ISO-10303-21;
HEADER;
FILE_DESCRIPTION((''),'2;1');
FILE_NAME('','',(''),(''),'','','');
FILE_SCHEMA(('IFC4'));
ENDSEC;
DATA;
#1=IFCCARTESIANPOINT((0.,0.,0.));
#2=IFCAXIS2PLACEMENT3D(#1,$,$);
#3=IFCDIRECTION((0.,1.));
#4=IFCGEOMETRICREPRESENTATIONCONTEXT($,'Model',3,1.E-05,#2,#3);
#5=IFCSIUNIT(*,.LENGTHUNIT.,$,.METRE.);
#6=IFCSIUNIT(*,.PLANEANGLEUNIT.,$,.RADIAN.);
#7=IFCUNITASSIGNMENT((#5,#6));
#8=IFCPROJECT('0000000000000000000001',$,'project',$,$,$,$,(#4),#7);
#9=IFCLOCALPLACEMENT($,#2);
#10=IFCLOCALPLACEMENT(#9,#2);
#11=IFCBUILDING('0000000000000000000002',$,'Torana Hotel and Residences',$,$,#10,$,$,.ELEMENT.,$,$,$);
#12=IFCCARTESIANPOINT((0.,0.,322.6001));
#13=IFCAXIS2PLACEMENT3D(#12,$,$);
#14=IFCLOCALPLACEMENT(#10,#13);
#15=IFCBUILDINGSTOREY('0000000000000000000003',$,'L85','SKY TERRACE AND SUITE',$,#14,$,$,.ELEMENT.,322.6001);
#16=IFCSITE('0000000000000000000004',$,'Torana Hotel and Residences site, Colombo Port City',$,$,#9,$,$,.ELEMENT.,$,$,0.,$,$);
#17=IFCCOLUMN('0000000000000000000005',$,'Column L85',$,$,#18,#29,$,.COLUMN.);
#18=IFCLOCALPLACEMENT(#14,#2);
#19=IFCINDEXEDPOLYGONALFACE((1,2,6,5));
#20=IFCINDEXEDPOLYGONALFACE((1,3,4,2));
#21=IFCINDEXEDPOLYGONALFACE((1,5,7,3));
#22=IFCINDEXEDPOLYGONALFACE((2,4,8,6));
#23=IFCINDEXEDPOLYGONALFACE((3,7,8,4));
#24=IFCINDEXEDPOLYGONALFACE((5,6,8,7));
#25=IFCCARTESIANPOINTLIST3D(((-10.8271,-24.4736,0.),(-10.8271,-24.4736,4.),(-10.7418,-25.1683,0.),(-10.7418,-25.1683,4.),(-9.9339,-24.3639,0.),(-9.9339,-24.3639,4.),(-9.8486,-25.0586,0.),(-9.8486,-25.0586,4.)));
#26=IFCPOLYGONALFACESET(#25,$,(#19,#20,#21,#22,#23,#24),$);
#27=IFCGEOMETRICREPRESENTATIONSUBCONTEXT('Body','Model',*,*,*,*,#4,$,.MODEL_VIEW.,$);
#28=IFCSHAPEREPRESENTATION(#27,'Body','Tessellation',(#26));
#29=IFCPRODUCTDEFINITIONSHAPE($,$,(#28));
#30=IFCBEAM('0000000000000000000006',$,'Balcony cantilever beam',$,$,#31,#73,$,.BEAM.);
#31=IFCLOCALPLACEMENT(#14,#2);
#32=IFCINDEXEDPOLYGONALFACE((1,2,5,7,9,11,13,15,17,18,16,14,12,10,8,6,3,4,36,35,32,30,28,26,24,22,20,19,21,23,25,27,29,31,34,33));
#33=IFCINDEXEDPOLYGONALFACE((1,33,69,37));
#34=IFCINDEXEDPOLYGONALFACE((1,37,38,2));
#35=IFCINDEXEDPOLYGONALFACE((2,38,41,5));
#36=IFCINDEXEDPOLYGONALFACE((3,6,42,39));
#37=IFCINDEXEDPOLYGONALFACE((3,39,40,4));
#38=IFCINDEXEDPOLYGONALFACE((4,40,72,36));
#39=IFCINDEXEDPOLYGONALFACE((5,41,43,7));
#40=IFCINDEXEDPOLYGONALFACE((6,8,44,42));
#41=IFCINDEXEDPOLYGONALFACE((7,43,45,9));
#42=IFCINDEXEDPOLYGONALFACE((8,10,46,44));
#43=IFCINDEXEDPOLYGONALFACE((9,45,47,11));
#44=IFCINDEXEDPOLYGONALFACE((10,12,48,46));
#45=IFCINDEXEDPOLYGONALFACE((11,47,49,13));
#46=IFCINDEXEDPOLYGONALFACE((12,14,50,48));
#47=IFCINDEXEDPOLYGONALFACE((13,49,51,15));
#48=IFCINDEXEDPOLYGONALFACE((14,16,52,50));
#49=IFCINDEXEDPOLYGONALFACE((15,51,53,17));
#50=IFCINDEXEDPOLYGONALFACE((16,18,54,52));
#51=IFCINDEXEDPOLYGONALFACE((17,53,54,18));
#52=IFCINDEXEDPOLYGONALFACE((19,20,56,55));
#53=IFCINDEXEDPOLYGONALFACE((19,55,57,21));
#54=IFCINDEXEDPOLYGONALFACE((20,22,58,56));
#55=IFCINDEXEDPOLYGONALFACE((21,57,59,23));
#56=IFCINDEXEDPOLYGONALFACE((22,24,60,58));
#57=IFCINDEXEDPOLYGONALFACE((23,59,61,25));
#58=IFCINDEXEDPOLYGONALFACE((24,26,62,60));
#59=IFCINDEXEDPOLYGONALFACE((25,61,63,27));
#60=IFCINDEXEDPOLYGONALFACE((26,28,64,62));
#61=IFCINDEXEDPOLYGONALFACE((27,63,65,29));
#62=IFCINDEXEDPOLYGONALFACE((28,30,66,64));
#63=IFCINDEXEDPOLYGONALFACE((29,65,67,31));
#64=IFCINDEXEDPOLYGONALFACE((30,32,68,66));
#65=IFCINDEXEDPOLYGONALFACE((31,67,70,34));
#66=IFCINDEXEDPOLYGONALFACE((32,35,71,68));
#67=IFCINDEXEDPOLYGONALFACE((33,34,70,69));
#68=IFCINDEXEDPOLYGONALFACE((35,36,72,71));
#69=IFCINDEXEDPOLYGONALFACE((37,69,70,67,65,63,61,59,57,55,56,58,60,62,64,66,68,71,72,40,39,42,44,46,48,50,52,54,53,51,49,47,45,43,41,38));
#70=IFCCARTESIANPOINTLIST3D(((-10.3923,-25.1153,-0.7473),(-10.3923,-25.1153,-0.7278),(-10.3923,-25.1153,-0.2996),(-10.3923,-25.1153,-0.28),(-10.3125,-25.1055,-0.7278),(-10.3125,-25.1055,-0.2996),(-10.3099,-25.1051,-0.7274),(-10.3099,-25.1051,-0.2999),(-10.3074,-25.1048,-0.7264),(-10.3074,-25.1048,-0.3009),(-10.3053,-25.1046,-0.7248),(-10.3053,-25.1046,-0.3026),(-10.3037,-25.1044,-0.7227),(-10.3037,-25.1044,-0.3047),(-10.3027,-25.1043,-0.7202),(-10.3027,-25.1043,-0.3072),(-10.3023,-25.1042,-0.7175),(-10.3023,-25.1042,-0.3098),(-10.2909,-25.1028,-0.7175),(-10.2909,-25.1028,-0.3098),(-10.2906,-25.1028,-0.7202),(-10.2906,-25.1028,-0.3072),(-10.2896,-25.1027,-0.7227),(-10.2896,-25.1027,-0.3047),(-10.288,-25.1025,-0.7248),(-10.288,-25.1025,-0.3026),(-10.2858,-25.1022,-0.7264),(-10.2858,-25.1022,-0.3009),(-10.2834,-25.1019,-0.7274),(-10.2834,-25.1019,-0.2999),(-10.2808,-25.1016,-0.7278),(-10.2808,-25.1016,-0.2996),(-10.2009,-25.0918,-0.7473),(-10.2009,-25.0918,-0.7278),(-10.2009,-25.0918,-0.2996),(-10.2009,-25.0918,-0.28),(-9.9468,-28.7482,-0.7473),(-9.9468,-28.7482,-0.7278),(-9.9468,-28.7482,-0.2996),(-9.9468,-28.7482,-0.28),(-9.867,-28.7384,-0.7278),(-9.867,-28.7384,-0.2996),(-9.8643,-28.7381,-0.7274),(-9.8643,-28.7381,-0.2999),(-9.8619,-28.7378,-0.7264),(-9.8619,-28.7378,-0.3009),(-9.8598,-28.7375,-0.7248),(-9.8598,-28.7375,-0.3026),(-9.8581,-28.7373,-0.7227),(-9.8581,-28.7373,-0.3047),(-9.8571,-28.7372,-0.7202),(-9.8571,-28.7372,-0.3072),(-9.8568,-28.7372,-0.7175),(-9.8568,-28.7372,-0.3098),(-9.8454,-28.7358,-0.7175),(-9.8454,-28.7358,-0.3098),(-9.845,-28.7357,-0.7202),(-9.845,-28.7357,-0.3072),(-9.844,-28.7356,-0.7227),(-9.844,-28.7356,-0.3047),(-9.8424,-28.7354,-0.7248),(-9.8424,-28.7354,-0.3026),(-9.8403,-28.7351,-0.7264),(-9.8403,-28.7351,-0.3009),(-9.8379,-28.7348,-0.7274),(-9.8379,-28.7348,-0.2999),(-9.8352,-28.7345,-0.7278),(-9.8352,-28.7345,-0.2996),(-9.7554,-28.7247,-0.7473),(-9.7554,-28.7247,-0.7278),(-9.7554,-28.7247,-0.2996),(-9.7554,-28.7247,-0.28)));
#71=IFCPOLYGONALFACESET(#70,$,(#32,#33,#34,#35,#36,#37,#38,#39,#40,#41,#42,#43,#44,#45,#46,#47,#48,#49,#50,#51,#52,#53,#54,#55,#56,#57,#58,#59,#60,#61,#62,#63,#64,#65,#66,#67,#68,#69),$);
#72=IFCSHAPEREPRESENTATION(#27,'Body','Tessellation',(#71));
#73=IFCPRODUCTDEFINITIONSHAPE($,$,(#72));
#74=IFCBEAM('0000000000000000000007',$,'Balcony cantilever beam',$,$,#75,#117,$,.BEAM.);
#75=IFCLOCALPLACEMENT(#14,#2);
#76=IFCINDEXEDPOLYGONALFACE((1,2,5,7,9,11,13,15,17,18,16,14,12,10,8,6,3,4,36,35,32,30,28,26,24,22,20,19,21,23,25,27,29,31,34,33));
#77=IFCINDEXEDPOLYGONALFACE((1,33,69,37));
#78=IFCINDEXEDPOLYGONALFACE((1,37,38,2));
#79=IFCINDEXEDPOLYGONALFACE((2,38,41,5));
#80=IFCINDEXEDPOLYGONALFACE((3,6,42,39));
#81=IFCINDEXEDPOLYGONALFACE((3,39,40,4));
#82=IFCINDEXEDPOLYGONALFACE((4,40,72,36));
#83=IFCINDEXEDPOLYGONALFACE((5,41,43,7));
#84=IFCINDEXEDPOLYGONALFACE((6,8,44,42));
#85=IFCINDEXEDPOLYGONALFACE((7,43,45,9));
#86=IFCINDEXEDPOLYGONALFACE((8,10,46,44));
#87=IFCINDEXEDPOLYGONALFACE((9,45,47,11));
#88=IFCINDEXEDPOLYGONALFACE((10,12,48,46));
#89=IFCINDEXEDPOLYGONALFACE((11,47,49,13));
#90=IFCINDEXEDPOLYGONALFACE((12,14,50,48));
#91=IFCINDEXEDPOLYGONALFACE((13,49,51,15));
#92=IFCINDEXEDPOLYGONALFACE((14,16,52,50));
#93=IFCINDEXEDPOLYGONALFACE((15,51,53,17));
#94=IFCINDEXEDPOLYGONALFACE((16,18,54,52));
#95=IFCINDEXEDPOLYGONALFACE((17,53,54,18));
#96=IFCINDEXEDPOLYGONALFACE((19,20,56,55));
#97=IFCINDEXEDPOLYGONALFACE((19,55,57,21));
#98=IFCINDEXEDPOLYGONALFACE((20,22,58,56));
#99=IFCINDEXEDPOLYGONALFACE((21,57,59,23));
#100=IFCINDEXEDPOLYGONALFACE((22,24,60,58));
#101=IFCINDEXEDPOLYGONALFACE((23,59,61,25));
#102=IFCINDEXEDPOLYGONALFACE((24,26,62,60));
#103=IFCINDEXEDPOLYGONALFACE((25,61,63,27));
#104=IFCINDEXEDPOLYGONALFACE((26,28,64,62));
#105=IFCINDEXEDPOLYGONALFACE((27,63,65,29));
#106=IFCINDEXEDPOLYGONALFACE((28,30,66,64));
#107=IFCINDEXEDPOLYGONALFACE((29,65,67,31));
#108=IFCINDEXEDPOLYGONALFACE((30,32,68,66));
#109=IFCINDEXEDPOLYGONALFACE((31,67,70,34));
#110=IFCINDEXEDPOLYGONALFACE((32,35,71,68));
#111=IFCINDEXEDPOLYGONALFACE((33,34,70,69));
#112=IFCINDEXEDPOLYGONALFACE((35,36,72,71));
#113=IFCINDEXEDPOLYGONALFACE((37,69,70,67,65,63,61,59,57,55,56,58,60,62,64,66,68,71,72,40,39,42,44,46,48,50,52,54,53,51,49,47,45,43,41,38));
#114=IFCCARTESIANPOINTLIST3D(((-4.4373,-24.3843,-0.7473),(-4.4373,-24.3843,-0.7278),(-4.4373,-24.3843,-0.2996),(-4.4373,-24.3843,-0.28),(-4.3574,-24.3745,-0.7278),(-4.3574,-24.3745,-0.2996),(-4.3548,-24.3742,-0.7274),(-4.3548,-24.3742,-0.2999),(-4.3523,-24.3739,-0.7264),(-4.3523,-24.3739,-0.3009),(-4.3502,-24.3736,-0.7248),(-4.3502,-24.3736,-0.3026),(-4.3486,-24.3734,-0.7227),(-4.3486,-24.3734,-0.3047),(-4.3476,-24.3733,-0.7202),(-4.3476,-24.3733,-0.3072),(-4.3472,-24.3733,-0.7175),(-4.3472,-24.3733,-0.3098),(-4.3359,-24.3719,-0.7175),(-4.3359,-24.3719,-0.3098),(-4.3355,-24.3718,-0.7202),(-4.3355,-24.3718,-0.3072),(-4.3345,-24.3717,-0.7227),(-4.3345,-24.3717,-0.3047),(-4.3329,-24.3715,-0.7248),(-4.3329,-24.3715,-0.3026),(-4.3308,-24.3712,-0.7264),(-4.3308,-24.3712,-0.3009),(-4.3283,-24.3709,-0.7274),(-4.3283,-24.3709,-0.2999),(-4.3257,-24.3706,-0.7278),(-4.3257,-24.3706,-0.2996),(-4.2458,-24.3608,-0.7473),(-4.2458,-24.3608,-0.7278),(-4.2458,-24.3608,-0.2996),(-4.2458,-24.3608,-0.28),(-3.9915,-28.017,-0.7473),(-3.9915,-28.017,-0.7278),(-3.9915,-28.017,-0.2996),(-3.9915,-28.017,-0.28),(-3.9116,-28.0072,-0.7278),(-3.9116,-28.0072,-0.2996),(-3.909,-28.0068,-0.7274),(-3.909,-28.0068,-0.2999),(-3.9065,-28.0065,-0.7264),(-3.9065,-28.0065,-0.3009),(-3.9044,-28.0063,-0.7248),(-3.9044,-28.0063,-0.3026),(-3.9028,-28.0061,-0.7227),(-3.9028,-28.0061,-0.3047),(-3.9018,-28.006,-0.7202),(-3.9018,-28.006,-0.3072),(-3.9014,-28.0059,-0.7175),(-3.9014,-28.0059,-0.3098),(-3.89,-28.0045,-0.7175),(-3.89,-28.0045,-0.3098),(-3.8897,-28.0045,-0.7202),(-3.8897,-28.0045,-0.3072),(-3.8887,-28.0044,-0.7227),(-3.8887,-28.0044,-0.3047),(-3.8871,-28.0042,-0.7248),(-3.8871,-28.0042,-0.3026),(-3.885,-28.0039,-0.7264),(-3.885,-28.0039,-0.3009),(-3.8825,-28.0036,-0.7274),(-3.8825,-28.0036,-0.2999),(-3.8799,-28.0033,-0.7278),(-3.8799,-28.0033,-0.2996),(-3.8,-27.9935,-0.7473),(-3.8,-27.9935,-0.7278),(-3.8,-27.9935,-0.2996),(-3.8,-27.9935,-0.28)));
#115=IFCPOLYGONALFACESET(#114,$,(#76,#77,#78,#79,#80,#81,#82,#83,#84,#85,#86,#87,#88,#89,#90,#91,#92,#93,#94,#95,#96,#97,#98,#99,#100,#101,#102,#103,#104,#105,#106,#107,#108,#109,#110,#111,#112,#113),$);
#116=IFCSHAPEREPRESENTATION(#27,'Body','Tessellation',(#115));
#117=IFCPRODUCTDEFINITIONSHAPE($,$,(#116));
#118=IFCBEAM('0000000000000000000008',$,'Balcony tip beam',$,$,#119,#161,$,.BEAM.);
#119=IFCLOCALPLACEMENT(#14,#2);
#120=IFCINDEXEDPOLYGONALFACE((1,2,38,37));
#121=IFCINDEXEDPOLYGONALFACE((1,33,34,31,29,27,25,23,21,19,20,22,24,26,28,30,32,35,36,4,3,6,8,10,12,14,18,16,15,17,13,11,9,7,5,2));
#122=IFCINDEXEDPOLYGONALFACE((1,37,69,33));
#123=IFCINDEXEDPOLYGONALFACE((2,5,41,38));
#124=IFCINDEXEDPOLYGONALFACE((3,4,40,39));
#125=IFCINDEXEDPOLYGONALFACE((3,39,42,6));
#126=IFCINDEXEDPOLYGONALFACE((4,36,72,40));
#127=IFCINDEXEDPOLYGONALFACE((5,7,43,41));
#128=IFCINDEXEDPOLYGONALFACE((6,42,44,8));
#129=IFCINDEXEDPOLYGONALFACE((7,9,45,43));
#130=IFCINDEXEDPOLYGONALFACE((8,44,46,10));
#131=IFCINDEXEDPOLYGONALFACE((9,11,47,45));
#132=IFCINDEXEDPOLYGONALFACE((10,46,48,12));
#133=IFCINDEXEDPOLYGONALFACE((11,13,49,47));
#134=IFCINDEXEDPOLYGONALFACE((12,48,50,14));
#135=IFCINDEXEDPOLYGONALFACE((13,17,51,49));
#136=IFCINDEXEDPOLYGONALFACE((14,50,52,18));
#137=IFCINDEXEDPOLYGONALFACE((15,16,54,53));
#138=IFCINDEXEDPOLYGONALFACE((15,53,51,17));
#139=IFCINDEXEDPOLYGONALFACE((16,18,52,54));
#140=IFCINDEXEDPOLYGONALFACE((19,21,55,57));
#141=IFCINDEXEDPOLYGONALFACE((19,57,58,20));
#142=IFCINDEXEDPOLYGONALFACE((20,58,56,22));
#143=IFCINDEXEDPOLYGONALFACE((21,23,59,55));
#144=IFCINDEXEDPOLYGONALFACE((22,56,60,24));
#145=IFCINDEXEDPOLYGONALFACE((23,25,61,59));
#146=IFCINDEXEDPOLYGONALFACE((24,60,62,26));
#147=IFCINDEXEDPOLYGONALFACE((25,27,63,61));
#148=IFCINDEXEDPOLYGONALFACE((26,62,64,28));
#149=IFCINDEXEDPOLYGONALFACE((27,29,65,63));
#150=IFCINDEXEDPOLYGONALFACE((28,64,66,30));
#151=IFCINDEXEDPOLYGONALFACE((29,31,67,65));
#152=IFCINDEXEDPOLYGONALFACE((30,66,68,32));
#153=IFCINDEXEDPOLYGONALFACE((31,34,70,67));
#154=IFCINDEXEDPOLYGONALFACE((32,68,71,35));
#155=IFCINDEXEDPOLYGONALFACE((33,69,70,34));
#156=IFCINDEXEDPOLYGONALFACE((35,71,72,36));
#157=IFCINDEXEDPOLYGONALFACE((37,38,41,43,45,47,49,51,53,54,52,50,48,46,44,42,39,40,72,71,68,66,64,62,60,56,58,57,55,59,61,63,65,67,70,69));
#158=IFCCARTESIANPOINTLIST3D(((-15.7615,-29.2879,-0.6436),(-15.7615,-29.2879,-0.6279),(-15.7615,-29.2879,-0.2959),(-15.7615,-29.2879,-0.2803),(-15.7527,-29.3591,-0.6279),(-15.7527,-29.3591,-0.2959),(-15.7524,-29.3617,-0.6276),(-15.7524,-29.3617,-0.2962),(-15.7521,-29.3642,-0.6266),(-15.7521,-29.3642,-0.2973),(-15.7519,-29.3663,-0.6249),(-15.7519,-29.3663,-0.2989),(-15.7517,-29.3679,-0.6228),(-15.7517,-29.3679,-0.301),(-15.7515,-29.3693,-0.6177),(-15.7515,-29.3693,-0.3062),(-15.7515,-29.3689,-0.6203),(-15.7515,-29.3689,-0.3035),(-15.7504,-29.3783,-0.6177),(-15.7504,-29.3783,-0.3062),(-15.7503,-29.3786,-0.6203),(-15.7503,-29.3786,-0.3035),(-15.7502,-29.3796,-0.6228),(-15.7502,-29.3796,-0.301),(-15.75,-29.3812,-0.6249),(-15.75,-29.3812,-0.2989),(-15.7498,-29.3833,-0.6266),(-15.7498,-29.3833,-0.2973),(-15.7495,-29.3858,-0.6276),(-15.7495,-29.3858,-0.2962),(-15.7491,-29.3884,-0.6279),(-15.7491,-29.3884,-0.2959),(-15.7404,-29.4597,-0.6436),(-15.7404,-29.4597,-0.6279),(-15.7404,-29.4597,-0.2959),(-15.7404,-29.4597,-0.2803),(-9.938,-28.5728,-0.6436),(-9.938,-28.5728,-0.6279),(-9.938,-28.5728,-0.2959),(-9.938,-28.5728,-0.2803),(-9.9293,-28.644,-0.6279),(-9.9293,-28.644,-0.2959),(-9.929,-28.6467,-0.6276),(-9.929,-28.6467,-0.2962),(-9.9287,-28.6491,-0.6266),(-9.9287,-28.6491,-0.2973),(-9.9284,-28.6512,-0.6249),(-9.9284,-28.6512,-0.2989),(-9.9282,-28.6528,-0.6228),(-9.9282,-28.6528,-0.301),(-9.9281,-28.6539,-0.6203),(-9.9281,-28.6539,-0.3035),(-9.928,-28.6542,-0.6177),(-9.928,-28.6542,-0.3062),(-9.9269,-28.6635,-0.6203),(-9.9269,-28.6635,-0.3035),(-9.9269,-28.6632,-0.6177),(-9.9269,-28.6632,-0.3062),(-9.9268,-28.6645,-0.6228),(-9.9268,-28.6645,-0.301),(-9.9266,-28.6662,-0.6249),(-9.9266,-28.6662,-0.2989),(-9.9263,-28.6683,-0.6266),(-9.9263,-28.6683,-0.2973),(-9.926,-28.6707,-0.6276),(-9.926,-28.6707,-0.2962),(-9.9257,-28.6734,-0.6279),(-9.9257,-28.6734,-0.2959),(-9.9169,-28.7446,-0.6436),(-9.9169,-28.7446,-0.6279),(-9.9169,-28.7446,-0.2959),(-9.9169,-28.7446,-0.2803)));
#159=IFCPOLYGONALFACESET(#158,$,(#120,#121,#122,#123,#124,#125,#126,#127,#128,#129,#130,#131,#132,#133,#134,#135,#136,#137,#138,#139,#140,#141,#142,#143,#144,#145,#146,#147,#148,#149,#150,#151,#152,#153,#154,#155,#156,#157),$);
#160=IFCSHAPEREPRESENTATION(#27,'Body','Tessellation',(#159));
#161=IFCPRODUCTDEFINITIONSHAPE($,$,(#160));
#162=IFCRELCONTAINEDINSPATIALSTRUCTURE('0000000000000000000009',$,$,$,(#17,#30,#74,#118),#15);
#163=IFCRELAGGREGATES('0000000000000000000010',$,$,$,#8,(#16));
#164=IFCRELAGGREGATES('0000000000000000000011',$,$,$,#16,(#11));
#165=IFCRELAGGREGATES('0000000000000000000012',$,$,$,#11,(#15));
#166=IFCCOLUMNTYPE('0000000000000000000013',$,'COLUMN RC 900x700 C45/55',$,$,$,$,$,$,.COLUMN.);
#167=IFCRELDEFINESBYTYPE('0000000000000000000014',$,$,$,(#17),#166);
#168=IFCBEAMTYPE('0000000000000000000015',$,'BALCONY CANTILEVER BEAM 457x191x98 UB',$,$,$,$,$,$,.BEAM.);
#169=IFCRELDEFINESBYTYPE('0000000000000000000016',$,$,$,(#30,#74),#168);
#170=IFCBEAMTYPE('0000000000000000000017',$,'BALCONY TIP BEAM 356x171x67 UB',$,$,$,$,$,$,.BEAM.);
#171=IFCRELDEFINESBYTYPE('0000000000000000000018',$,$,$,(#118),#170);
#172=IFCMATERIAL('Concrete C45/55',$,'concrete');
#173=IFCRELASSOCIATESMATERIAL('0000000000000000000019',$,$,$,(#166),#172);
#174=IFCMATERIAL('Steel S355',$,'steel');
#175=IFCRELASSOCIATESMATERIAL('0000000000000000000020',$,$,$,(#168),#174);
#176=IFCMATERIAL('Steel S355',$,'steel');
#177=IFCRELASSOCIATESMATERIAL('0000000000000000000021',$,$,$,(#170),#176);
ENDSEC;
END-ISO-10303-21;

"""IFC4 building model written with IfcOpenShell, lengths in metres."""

from ifc_helpers import new_model, si_unit, direction, frame, origin, origin_2d, place, context, subcontext, project, spatial, rectangle, i_section, extrude, material, material_profile, profile_set, type_object, element, save


model = new_model("IFC4")

# Units and contexts
model_context = context("Model", 3, precision=1e-05, world=origin(), true_north=direction((0.0, 1.0)))
body_context = subcontext(model_context, "Body", "Model", "MODEL_VIEW")
ifc_project = project(units=[si_unit("LENGTHUNIT", "METRE"), si_unit("PLANEANGLEUNIT", "RADIAN")], contexts=[model_context])

# Site, building, storey
site_placement = place(None, origin())
site = spatial("IfcSite", under=ifc_project, at=site_placement, Name="Torana Hotel and Residences site, Colombo Port City", CompositionType="ELEMENT", RefElevation=0.0)
building_placement = place(site_placement, origin())
building = spatial("IfcBuilding", under=site, at=building_placement, Name="Torana Hotel and Residences", CompositionType="ELEMENT")
storey_placement = place(building_placement, frame((0.0, 0.0, 322.6001)))
storey = spatial("IfcBuildingStorey", under=building, at=storey_placement, Name="L85", Description="SKY TERRACE AND SUITE", CompositionType="ELEMENT", Elevation=322.6001)

# Column
ifc_material_1 = material(Name="Concrete C45/55", Category="concrete")
ifc_material_profile_1 = material_profile(ifc_material_1, rectangle(XDim=0.8999, YDim=0.7, at=origin_2d()), Name="RC 900x700")
ifc_profile_set_1 = profile_set([ifc_material_profile_1], Name="Concrete C45/55")
column_type = type_object("IfcColumnType", Name="COLUMN RC 900x700 C45/55", PredefinedType="COLUMN", material=ifc_profile_set_1)
column_placement = place(storey_placement, frame((-10.3379, -24.7661, 0.0), z_axis=(0.0, 0.0, 1.0), x_axis=(0.992546, 0.121869, 0.0)))
element("IfcColumn", 1, at=column_placement, inside=storey, type_object=column_type, Name="Column L85", PredefinedType="COLUMN", context=body_context, shape_type="SweptSolid", body=[
    extrude(rectangle(XDim=0.8999, YDim=0.7, at=origin_2d()), origin(), (0.0, 0.0, 1.0), 4.0),
])

# Beams
ifc_material_2 = material(Name="Steel S355", Category="steel")
ifc_material_profile_2 = material_profile(ifc_material_2, i_section(OverallWidth=0.1929, OverallDepth=0.4673, WebThickness=0.0115, FlangeThickness=0.0195, FilletRadius=0.0103, at=origin_2d()), Name="457x191x98 UB")
ifc_profile_set_2 = profile_set([ifc_material_profile_2], Name="Steel S355")
beam_type_1 = type_object("IfcBeamType", Name="BALCONY CANTILEVER BEAM 457x191x98 UB", PredefinedType="BEAM", material=ifc_profile_set_2)
beam_1_placement = place(storey_placement, frame((-10.2966, -25.1035, -0.5137), z_axis=(0.121728, -0.992564, 0.0), x_axis=(0.992564, 0.121728, 0.0)))
element("IfcBeam", 2, at=beam_1_placement, inside=storey, type_object=beam_type_1, Name="Balcony cantilever beam", PredefinedType="BEAM", context=body_context, shape_type="SweptSolid", body=[
    extrude(i_section(OverallWidth=0.1929, OverallDepth=0.4673, WebThickness=0.0115, FlangeThickness=0.0195, FilletRadius=0.0103, at=origin_2d()), origin(), (0.0, 0.0, 1.0), 3.6602),
])
beam_2_placement = place(storey_placement, frame((-4.3416, -24.3726, -0.5137), z_axis=(0.121809, -0.992554, 0.0), x_axis=(0.992554, 0.121809, 0.0)))
element("IfcBeam", 3, at=beam_2_placement, inside=storey, type_object=beam_type_1, Name="Balcony cantilever beam", PredefinedType="BEAM", context=body_context, shape_type="SweptSolid", body=[
    extrude(i_section(OverallWidth=0.1929, OverallDepth=0.4673, WebThickness=0.0115, FlangeThickness=0.0195, FilletRadius=0.0103, at=origin_2d()), origin(), (0.0, 0.0, 1.0), 3.6599),
])
ifc_material_3 = material(Name="Steel S355", Category="steel")
ifc_material_profile_3 = material_profile(ifc_material_3, i_section(OverallWidth=0.1731, OverallDepth=0.3633, WebThickness=0.009, FlangeThickness=0.0156, FilletRadius=0.0103, at=origin_2d()), Name="356x171x67 UB")
ifc_profile_set_3 = profile_set([ifc_material_profile_3], Name="Steel S355")
beam_type_2 = type_object("IfcBeamType", Name="BALCONY TIP BEAM 356x171x67 UB", PredefinedType="BEAM", material=ifc_profile_set_3)
for number, where, z_axis, x_axis, name in (
    (4, (-9.9275, -28.6587, -0.4619), (-0.992545, -0.121878, 0.0), (0.121878, -0.992545, 0.0), "Balcony tip beam"),
):
    element("IfcBeam", number, at=place(storey_placement, frame(where, z_axis=z_axis, x_axis=x_axis)), inside=storey, type_object=beam_type_2, Name=name, PredefinedType="BEAM", context=body_context, shape_type="SweptSolid", body=[
        extrude(i_section(OverallWidth=0.1731, OverallDepth=0.3633, WebThickness=0.009, FlangeThickness=0.0156, FilletRadius=0.0103, at=origin_2d()), origin(), (0.0, 0.0, 1.0), 5.8672),
    ])

save(model, "model.ifc")
